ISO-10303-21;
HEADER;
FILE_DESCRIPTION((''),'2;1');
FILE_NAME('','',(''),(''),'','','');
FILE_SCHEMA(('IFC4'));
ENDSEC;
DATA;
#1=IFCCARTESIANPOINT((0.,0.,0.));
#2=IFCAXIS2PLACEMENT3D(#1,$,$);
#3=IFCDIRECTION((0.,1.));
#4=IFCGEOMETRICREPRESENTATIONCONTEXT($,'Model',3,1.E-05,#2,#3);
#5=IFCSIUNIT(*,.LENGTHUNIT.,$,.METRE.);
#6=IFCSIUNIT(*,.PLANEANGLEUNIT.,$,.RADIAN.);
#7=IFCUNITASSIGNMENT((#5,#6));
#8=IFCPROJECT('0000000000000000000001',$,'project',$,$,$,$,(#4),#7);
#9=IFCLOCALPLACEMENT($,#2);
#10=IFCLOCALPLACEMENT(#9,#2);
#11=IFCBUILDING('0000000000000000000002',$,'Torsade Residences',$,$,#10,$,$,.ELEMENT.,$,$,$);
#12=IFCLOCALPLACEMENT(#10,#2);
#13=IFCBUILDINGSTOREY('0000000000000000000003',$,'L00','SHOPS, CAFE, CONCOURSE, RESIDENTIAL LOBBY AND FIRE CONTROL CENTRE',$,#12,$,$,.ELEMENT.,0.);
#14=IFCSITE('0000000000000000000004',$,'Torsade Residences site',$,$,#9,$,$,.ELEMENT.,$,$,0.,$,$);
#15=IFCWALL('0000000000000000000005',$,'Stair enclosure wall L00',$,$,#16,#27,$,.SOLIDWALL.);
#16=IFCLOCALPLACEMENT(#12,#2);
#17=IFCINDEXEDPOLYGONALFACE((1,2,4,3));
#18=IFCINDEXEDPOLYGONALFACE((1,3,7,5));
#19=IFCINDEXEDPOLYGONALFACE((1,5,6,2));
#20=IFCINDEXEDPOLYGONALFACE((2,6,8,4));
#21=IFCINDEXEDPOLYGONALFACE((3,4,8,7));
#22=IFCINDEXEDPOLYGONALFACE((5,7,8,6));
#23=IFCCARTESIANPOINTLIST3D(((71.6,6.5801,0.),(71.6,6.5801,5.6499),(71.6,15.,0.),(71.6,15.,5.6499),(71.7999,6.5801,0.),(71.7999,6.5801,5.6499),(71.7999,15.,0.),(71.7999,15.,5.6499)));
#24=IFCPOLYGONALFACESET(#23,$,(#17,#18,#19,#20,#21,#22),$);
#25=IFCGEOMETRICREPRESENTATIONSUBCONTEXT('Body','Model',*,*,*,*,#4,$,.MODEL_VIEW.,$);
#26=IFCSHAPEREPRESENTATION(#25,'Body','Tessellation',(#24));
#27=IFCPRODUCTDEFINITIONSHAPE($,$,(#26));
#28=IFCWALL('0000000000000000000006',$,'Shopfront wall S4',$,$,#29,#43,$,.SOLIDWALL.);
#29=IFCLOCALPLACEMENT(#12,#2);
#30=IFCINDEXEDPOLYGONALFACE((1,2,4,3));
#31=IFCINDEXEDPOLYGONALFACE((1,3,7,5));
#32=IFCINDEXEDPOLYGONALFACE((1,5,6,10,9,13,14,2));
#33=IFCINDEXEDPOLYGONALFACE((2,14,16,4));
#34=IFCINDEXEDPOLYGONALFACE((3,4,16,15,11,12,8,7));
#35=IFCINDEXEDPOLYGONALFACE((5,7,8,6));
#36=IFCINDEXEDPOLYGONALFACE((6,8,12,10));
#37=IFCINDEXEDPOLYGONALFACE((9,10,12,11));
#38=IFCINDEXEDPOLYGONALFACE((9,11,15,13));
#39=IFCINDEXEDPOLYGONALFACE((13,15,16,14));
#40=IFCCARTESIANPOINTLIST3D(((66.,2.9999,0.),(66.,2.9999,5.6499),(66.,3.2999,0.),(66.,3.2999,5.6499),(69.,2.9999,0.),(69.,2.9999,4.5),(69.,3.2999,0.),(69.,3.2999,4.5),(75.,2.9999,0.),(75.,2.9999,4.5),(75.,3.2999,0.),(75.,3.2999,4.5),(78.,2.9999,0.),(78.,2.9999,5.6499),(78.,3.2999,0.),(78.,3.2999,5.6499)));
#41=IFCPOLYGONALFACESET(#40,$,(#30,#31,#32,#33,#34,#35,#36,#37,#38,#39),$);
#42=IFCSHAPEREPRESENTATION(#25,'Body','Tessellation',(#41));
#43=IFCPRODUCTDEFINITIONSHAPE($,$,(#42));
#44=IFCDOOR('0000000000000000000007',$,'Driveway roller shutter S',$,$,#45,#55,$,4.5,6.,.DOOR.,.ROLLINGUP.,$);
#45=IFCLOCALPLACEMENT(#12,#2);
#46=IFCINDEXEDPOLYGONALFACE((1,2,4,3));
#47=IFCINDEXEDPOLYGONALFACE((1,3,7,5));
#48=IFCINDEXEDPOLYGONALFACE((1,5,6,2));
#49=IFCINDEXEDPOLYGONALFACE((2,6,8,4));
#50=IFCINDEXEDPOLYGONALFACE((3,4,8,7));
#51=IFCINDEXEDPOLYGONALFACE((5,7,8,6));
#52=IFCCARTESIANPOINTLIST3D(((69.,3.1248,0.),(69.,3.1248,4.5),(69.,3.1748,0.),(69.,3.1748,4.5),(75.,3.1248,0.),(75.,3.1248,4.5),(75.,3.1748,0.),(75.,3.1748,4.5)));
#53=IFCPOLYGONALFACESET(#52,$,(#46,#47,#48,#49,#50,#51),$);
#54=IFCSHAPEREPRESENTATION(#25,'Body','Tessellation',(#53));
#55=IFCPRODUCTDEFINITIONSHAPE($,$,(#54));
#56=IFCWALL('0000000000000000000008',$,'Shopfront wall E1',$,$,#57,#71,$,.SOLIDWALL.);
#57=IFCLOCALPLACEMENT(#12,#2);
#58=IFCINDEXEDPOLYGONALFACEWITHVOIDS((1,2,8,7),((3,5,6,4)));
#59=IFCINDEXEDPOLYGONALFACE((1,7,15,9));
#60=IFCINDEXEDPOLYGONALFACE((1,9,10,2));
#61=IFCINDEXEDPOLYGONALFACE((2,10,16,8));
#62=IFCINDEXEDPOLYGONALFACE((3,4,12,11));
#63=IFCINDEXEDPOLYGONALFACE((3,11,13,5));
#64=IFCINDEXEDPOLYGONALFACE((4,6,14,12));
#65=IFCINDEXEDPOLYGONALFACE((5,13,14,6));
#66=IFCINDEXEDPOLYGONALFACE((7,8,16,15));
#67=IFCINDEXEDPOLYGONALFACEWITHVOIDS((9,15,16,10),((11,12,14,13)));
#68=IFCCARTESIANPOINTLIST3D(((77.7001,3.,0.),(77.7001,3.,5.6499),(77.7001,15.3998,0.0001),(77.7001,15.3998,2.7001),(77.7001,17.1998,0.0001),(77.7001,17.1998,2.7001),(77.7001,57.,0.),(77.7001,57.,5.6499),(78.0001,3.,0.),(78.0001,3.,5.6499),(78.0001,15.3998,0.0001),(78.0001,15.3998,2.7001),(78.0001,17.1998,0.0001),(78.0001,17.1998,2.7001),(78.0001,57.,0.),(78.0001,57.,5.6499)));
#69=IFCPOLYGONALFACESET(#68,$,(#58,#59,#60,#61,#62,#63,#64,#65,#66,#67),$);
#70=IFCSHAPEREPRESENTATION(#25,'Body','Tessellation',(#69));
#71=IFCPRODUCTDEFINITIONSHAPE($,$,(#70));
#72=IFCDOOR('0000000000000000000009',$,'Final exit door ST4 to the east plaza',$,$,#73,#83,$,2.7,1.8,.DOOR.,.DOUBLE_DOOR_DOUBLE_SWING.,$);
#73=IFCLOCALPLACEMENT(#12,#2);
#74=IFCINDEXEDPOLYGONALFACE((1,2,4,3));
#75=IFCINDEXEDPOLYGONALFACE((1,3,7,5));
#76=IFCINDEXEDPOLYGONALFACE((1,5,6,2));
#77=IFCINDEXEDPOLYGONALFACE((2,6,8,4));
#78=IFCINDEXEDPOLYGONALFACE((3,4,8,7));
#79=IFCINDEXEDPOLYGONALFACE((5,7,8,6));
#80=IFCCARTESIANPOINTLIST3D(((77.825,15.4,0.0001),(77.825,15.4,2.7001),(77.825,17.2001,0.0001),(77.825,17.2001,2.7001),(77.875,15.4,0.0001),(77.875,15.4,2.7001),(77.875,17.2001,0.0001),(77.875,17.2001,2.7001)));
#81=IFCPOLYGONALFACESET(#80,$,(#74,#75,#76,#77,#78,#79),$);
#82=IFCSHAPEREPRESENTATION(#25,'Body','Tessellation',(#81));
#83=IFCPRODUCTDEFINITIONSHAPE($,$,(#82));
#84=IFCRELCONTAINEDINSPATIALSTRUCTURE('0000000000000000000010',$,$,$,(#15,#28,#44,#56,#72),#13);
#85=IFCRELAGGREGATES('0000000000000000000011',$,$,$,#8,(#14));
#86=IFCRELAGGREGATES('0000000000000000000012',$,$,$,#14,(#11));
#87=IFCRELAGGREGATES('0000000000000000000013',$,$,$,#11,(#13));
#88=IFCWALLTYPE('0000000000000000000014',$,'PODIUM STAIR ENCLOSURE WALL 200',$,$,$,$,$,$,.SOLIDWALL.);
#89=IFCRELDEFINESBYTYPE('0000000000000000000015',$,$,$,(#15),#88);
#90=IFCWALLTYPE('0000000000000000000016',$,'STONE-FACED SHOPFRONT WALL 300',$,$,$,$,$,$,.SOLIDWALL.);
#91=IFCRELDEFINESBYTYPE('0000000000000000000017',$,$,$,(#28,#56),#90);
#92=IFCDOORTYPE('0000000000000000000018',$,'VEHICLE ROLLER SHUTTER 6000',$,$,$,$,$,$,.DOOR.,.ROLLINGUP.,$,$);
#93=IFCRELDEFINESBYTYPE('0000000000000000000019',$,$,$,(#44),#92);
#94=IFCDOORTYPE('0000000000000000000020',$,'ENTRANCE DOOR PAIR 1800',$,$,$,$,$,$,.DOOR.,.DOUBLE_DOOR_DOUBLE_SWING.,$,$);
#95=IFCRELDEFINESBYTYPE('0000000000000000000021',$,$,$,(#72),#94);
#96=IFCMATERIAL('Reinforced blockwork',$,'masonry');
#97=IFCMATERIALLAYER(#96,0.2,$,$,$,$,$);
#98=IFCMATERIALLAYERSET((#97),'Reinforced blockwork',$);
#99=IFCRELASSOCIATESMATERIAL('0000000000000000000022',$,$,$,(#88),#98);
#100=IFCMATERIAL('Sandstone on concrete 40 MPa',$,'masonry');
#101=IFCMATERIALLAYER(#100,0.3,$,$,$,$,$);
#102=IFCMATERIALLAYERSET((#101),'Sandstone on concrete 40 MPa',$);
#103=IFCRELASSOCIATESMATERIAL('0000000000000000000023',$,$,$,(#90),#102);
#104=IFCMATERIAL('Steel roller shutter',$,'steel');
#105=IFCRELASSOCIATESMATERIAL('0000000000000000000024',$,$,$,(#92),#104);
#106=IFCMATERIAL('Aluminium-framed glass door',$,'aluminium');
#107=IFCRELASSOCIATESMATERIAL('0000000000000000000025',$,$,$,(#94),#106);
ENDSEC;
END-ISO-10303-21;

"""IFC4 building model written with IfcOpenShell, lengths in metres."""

from ifc_helpers import new_model, si_unit, direction, frame, frame_2d, origin, place, context, subcontext, project, spatial, rectangle, extrude, material, layer, layer_set, type_object, element, fill, save


model = new_model("IFC4")

# Units and contexts
model_context = context("Model", 3, precision=1e-05, world=origin(), true_north=direction((0.0, 1.0)))
body_context = subcontext(model_context, "Body", "Model", "MODEL_VIEW")
ifc_project = project(units=[si_unit("LENGTHUNIT", "METRE"), si_unit("PLANEANGLEUNIT", "RADIAN")], contexts=[model_context])

# Site, building, storey
site_placement = place(None, origin())
site = spatial("IfcSite", under=ifc_project, at=site_placement, Name="Torsade Residences site", CompositionType="ELEMENT", RefElevation=0.0)
building_placement = place(site_placement, origin())
building = spatial("IfcBuilding", under=site, at=building_placement, Name="Torsade Residences", CompositionType="ELEMENT")
storey_placement = place(building_placement, origin())
storey = spatial("IfcBuildingStorey", under=building, at=storey_placement, Name="L00", Description="SHOPS, CAFE, CONCOURSE, RESIDENTIAL LOBBY AND FIRE CONTROL CENTRE", CompositionType="ELEMENT", Elevation=0.0)

# Shared definitions
ifc_material_1 = material(Name="Reinforced blockwork", Category="masonry")
ifc_layer_1 = layer(ifc_material_1, 0.2)
ifc_layer_set_1 = layer_set([ifc_layer_1], Name="Reinforced blockwork")
wall_type_1 = type_object("IfcWallType", Name="PODIUM STAIR ENCLOSURE WALL 200", PredefinedType="SOLIDWALL", material=ifc_layer_set_1)

# Wall
wall_1_placement = place(storey_placement, frame((71.7, 15.0, 0.0), z_axis=(0.0, 0.0, 1.0), x_axis=(0.0, -1.0, 0.0)))
element("IfcWall", 1, at=wall_1_placement, inside=storey, type_object=wall_type_1, Name="Stair enclosure wall L00", PredefinedType="SOLIDWALL", context=body_context, shape_type="SweptSolid", body=[
    extrude(rectangle(XDim=8.4199, YDim=0.2, at=frame_2d((4.21, 0.0))), origin(), (0.0, 0.0, 1.0), 5.6499),
])

# Walls, openings, doors
ifc_material_2 = material(Name="Sandstone on concrete 40 MPa", Category="masonry")
ifc_layer_2 = layer(ifc_material_2, 0.3)
ifc_layer_set_2 = layer_set([ifc_layer_2], Name="Sandstone on concrete 40 MPa")
wall_type_2 = type_object("IfcWallType", Name="STONE-FACED SHOPFRONT WALL 300", PredefinedType="SOLIDWALL", material=ifc_layer_set_2)
wall_2_placement = place(storey_placement, frame((66.0, 3.1499, 0.0), z_axis=(0.0, 0.0, 1.0), x_axis=(1.0, 0.0, 0.0)))
wall_2 = element("IfcWall", 2, at=wall_2_placement, inside=storey, type_object=wall_type_2, Name="Shopfront wall S4", PredefinedType="SOLIDWALL", context=body_context, shape_type="SweptSolid", body=[
    extrude(rectangle(XDim=12.0, YDim=0.3, at=frame_2d((6.0, 0.0))), origin(), (0.0, 0.0, 1.0), 5.6499),
])
opening_1_placement = place(wall_2_placement, frame((3.0, 0.0, 0.0)))
opening_1 = element("IfcOpeningElement", 3, at=opening_1_placement, cuts=wall_2, PredefinedType="OPENING", context=body_context, shape_type="SweptSolid", body=[
    extrude(rectangle(XDim=6.0, YDim=4.5, at=frame_2d((3.0, 2.25))), frame((0.0, 0.1599, 0.0), z_axis=(0.0, -1.0, 0.0), x_axis=(1.0, 0.0, 0.0)), (0.0, 0.0, 1.0), 0.3201),
])
ifc_material_3 = material(Name="Steel roller shutter", Category="steel")
door_type_1 = type_object("IfcDoorType", Name="VEHICLE ROLLER SHUTTER 6000", OperationType="ROLLINGUP", PredefinedType="DOOR", material=ifc_material_3)
door_1_placement = place(opening_1_placement, origin())
door_1 = element("IfcDoor", 4, at=door_1_placement, inside=storey, type_object=door_type_1, Name="Driveway roller shutter S", OperationType="ROLLINGUP", OverallHeight=4.5, OverallWidth=6.0, PredefinedType="DOOR", context=body_context, shape_type="SweptSolid", body=[
    extrude(rectangle(XDim=6.0, YDim=4.5, at=frame_2d((3.0, 2.25))), frame((0.0, 0.0249, 0.0), z_axis=(0.0, -1.0, 0.0), x_axis=(1.0, 0.0, 0.0)), (0.0, 0.0, 1.0), 0.05),
])
fill(opening_1, door_1)
wall_3_placement = place(storey_placement, frame((77.8501, 3.0, 0.0), z_axis=(0.0, 0.0, 1.0), x_axis=(0.0, 1.0, 0.0)))
wall_3 = element("IfcWall", 5, at=wall_3_placement, inside=storey, type_object=wall_type_2, Name="Shopfront wall E1", PredefinedType="SOLIDWALL", context=body_context, shape_type="SweptSolid", body=[
    extrude(rectangle(XDim=54.0, YDim=0.3, at=frame_2d((27.0, 0.0))), origin(), (0.0, 0.0, 1.0), 5.6499),
])
opening_2_placement = place(wall_3_placement, frame((12.3999, 0.0, 0.0)))
opening_2 = element("IfcOpeningElement", 6, at=opening_2_placement, cuts=wall_3, PredefinedType="OPENING", context=body_context, shape_type="SweptSolid", body=[
    extrude(rectangle(XDim=1.8, YDim=2.7, at=frame_2d((0.8999, 1.3501))), frame((0.0, 0.1599, 0.0), z_axis=(0.0, -1.0, 0.0), x_axis=(1.0, 0.0, 0.0)), (0.0, 0.0, 1.0), 0.3201),
])
ifc_material_4 = material(Name="Aluminium-framed glass door", Category="aluminium")
door_type_2 = type_object("IfcDoorType", Name="ENTRANCE DOOR PAIR 1800", OperationType="DOUBLE_DOOR_DOUBLE_SWING", PredefinedType="DOOR", material=ifc_material_4)
door_2_placement = place(opening_2_placement, frame((1.8, 0.0, 0.0), z_axis=(0.0, 0.0, 1.0), x_axis=(-1.0, 0.0, 0.0)))
door_2 = element("IfcDoor", 7, at=door_2_placement, inside=storey, type_object=door_type_2, Name="Final exit door ST4 to the east plaza", OperationType="DOUBLE_DOOR_DOUBLE_SWING", OverallHeight=2.7, OverallWidth=1.8, PredefinedType="DOOR", context=body_context, shape_type="SweptSolid", body=[
    extrude(rectangle(XDim=1.8, YDim=2.7, at=frame_2d((0.8999, 1.3501))), frame((0.0, 0.0249, 0.0), z_axis=(0.0, -1.0, 0.0), x_axis=(1.0, 0.0, 0.0)), (0.0, 0.0, 1.0), 0.05),
])
fill(opening_2, door_2)

save(model, "model.ifc")
